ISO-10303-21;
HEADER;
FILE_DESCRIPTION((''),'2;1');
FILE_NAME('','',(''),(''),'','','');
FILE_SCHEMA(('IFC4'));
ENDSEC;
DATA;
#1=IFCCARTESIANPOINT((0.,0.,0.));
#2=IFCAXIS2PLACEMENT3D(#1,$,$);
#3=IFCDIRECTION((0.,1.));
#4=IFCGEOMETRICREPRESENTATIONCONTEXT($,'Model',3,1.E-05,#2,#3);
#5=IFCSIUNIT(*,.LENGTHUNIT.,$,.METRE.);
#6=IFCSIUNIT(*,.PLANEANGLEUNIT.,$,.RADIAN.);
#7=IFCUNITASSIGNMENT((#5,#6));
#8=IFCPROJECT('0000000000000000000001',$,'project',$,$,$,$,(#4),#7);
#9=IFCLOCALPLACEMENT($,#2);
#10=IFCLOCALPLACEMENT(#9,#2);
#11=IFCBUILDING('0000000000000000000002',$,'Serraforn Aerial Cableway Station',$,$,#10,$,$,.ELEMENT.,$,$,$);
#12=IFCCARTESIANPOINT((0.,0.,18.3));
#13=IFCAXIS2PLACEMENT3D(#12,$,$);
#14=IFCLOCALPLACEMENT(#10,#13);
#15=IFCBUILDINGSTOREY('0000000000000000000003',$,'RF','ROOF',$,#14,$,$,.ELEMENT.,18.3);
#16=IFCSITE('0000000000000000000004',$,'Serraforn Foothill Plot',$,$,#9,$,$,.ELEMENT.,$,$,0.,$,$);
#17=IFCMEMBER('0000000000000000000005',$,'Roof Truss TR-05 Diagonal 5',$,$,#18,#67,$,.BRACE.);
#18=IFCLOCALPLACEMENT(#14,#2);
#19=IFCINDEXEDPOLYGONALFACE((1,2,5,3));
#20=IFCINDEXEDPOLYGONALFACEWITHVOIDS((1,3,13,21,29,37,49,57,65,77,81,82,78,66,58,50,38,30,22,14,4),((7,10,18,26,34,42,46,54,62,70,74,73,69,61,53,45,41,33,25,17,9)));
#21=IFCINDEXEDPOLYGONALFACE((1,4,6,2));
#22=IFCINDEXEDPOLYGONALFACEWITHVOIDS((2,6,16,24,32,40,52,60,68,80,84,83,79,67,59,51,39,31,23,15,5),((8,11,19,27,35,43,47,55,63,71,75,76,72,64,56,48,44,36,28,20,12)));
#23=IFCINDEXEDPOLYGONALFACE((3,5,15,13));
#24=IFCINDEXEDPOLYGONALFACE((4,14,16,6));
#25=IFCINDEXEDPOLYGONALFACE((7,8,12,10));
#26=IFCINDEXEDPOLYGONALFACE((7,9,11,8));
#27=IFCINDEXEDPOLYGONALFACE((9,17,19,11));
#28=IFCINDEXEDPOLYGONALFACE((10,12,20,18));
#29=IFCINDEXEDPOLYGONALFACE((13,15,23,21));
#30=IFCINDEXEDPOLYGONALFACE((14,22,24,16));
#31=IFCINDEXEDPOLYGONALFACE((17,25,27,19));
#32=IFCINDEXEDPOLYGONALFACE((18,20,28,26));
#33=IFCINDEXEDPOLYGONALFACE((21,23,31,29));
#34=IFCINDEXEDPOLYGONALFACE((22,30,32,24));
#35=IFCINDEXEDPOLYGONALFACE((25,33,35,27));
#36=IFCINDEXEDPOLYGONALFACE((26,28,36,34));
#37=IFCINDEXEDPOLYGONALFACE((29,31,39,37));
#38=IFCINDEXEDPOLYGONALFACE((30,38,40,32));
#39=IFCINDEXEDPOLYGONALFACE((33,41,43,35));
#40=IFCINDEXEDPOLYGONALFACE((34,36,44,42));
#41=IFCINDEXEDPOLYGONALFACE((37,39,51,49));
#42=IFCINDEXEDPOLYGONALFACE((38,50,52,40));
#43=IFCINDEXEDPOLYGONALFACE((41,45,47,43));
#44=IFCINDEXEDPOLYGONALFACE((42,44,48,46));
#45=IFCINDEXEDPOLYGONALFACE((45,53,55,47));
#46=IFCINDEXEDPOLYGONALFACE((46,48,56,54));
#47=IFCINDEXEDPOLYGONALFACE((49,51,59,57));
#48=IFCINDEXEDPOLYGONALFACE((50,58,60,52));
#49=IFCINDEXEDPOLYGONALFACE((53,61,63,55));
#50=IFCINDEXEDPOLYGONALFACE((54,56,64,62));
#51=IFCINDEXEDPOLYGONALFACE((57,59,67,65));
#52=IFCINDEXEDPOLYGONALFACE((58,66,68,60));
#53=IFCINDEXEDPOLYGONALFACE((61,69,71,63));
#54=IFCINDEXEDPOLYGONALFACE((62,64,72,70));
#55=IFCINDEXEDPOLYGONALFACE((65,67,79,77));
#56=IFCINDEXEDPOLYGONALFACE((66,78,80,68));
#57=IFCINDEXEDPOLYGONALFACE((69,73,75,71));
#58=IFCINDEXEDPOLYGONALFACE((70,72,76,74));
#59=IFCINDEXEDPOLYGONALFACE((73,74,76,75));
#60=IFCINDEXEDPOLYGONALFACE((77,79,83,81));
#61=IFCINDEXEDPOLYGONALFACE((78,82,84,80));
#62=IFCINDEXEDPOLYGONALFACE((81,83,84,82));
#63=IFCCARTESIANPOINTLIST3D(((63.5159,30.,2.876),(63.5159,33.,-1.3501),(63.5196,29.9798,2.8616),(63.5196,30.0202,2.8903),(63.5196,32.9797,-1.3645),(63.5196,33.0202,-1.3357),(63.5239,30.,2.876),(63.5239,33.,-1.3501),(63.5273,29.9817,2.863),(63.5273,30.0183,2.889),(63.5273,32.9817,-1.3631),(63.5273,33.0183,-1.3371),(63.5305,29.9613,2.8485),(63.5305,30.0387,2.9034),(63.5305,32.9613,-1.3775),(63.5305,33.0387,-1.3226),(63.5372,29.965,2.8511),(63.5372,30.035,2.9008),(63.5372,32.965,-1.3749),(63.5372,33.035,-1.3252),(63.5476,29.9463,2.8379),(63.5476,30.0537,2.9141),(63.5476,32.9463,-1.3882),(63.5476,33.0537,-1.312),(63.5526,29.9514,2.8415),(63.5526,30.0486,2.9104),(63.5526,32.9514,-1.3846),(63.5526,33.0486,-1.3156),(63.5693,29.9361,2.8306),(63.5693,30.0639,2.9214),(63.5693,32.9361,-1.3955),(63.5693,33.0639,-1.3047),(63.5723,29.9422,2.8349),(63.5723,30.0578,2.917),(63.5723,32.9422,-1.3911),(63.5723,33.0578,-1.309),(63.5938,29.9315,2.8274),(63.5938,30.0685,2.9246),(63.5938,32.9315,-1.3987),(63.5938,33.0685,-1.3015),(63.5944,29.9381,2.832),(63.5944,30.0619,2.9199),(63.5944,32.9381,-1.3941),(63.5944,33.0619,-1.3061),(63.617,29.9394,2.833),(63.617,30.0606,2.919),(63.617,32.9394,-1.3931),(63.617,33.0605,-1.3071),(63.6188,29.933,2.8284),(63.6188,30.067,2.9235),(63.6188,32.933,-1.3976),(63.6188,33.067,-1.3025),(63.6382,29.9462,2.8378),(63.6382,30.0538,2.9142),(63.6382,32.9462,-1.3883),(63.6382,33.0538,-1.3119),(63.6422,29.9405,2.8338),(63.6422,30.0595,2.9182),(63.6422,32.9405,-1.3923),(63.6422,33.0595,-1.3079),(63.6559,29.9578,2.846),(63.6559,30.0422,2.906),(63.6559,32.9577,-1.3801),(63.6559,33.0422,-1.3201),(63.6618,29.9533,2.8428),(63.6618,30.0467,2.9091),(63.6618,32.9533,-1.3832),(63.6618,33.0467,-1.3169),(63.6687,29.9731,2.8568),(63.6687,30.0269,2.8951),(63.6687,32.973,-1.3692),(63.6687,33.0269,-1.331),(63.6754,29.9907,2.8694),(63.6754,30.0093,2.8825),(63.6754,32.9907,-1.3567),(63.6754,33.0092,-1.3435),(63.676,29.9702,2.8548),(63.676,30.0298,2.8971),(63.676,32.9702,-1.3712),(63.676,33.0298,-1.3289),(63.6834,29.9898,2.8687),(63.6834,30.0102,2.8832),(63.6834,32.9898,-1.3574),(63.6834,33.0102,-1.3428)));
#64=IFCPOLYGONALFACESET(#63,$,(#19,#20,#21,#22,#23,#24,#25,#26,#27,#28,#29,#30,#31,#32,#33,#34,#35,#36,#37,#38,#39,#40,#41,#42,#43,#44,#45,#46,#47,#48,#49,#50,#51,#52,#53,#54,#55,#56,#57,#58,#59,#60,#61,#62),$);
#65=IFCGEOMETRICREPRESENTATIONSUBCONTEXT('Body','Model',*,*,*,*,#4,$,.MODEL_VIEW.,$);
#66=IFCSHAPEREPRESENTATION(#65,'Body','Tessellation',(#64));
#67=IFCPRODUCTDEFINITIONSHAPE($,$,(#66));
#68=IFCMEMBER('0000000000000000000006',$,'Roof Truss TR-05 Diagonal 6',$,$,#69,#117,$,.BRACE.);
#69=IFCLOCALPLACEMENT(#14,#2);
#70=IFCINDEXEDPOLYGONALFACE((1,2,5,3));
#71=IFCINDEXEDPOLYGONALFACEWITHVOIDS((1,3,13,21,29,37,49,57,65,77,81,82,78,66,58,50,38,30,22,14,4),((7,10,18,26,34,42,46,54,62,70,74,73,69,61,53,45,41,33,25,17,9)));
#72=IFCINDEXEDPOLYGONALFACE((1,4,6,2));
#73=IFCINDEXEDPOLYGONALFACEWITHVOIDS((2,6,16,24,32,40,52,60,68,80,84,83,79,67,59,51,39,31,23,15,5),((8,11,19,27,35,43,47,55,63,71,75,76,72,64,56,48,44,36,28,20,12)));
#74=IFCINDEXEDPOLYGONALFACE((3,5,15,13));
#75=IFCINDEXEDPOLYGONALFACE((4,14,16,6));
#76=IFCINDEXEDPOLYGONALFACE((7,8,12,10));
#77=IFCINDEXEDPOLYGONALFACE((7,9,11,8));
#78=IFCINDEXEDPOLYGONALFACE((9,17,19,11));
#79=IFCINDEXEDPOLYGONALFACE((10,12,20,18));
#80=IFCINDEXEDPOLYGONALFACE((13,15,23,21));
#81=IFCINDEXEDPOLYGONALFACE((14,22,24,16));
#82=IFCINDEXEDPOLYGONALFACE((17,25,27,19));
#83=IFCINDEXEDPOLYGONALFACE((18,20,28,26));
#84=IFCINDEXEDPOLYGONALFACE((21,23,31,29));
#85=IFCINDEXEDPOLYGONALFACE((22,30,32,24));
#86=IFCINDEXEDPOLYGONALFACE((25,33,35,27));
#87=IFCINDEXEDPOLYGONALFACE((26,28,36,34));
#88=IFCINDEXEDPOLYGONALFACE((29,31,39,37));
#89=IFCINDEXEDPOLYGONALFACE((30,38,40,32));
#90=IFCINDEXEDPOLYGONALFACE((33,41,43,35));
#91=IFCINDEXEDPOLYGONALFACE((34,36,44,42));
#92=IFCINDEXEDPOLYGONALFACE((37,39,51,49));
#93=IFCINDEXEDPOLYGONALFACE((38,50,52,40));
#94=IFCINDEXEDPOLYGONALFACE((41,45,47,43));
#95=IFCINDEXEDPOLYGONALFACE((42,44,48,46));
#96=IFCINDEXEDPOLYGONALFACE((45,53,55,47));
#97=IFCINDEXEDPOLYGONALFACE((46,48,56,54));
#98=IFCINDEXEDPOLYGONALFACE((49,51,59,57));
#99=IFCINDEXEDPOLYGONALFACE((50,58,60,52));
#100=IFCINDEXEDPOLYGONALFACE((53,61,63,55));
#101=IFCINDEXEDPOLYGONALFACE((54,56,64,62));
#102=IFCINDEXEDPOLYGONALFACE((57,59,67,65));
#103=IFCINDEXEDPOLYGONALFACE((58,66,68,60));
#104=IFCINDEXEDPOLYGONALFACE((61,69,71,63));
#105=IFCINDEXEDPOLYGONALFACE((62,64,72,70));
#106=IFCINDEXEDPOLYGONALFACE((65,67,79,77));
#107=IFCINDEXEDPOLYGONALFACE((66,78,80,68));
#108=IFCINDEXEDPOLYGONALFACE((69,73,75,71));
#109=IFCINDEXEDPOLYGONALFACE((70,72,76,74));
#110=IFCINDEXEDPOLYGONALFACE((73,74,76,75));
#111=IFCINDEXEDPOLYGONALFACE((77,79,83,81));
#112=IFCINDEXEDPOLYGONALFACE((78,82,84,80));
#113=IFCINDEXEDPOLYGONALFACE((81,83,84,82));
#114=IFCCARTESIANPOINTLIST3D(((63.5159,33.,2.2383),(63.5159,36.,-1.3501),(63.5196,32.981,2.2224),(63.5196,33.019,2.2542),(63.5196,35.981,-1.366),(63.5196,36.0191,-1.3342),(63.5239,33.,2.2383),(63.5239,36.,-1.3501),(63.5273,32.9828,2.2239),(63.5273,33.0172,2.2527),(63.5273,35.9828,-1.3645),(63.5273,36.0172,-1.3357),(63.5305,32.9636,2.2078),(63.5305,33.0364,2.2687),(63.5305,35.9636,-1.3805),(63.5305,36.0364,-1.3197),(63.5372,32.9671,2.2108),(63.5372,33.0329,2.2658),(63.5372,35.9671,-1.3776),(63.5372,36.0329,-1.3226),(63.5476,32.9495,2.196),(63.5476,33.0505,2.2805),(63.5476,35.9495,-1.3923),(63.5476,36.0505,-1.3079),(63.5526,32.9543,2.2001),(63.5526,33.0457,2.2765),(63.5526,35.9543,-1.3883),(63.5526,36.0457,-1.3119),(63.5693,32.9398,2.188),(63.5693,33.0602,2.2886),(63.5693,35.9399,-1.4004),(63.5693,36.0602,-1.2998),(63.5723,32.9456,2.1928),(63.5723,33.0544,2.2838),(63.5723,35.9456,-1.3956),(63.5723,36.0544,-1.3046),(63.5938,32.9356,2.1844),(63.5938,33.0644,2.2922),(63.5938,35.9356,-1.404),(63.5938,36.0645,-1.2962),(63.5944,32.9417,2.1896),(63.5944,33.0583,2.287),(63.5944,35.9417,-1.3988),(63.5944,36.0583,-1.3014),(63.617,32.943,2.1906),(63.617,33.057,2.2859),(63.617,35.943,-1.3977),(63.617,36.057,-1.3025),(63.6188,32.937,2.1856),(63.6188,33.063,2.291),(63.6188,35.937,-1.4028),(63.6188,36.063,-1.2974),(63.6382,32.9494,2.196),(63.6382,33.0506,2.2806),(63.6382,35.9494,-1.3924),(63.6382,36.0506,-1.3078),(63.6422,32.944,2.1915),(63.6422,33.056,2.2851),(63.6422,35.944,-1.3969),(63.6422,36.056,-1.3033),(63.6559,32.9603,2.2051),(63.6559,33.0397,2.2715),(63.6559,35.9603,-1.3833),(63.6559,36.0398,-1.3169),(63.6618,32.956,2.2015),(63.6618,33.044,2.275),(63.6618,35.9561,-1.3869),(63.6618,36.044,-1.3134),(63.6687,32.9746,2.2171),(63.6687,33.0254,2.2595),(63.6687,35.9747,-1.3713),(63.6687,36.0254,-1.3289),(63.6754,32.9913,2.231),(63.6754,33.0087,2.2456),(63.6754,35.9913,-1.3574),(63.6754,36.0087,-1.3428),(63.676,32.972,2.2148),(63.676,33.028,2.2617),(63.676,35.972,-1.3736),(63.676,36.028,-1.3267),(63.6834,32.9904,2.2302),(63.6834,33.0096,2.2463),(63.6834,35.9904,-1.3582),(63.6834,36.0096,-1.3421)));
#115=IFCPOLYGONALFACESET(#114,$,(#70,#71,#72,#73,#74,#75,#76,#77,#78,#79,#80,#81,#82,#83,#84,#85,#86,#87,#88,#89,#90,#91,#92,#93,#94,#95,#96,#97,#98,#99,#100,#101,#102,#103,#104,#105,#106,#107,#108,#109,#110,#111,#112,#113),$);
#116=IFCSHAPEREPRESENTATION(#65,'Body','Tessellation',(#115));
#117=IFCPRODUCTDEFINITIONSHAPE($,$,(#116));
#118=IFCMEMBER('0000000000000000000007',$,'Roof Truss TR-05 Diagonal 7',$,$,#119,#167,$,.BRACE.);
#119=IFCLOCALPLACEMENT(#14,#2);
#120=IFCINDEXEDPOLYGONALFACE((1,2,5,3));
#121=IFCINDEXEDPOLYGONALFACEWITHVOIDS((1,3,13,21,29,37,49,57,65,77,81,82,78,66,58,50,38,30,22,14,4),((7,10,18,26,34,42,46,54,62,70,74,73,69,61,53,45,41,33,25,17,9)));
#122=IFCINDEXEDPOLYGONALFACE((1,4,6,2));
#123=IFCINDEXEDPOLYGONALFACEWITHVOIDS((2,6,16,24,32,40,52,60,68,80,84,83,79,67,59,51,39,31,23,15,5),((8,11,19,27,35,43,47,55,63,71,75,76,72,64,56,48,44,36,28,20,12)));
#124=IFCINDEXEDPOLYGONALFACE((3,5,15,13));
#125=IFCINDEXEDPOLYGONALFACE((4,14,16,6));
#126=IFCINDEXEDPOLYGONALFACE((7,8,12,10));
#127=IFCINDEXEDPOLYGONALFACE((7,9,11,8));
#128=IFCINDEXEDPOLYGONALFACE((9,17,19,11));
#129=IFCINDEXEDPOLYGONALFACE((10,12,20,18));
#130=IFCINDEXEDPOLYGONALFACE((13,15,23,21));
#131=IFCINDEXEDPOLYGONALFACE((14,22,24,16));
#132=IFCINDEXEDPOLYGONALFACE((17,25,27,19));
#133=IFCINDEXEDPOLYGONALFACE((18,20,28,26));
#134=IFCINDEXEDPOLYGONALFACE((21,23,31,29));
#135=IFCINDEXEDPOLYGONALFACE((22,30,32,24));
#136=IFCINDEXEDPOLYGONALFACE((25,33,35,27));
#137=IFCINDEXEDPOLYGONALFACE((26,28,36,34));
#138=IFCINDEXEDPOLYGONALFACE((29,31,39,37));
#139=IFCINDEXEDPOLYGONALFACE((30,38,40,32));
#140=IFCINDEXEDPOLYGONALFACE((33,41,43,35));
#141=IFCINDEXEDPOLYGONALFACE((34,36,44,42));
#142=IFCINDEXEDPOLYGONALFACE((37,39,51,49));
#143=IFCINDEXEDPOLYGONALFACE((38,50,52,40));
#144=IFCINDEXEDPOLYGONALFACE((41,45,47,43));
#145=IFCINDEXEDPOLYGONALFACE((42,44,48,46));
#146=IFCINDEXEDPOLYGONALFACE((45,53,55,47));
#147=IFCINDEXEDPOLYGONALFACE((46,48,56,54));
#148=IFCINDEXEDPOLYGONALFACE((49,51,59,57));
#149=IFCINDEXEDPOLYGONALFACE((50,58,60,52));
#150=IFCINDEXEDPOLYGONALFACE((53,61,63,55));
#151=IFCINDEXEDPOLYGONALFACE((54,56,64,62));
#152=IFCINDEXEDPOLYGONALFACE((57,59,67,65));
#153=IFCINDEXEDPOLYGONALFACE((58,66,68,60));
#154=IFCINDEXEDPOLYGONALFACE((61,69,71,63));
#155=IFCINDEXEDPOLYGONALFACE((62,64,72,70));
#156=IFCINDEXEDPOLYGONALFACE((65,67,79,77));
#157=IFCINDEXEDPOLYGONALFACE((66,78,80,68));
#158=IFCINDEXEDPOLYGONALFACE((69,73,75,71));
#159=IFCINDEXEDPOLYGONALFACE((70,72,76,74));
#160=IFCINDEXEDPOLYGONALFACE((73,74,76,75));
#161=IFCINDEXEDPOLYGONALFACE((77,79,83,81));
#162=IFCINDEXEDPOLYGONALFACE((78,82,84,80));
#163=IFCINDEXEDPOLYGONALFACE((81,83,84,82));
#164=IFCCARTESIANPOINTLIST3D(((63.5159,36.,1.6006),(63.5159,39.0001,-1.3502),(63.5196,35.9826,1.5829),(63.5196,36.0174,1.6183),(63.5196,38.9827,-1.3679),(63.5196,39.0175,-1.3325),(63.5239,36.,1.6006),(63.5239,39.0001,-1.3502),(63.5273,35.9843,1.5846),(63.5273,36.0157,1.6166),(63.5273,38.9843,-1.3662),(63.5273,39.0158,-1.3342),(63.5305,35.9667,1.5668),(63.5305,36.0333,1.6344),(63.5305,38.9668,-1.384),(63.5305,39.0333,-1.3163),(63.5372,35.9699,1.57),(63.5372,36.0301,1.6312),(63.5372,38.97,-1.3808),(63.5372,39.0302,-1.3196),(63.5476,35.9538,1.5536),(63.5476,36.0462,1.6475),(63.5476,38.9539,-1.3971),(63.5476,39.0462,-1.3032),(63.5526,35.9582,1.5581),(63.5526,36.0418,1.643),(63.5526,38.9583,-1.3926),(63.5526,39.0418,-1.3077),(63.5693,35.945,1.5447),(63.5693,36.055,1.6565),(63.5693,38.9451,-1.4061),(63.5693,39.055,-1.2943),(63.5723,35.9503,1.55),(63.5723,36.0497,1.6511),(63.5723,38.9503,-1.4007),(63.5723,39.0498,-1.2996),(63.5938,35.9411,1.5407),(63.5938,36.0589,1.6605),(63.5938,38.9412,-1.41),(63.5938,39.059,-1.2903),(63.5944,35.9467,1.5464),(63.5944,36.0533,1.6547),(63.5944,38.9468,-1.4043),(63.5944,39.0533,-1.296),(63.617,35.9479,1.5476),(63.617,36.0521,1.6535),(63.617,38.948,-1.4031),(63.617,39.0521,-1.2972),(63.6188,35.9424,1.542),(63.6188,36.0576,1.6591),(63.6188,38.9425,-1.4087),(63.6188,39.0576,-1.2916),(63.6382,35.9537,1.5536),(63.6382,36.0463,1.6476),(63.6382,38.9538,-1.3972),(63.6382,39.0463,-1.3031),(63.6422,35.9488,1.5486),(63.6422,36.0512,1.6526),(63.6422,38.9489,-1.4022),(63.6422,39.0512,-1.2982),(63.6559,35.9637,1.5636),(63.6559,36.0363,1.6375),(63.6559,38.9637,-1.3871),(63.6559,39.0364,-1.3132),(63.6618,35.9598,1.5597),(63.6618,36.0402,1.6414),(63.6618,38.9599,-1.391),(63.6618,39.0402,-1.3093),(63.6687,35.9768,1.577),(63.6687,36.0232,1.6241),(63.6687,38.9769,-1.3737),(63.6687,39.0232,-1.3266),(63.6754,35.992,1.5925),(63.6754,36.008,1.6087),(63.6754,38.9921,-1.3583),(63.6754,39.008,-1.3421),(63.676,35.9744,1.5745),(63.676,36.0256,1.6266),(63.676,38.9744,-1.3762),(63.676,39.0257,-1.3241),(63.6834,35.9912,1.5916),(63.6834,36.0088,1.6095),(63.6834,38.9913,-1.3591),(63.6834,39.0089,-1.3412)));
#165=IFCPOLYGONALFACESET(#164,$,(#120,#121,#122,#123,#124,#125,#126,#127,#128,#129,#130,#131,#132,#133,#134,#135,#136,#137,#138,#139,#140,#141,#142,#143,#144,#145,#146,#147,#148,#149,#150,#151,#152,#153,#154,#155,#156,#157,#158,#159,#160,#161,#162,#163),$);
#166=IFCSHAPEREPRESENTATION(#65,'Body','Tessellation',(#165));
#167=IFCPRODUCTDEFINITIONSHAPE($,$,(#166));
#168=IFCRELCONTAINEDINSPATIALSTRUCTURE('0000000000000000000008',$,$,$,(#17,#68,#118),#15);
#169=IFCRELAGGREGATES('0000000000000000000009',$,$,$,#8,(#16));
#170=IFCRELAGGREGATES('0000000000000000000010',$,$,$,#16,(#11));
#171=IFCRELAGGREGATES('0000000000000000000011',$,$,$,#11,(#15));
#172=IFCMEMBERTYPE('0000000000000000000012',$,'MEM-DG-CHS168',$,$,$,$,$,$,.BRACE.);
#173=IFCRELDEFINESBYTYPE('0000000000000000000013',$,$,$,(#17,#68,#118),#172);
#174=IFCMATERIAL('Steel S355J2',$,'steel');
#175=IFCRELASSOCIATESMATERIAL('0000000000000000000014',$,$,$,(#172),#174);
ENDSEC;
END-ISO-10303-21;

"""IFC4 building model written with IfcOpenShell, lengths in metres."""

from ifc_helpers import new_model, si_unit, direction, frame, origin, origin_2d, place, context, subcontext, project, spatial, hollow_circle, extrude, material, material_profile, profile_set, type_object, element, save


model = new_model("IFC4")

# Units and contexts
model_context = context("Model", 3, precision=1e-05, world=origin(), true_north=direction((0.0, 1.0)))
body_context = subcontext(model_context, "Body", "Model", "MODEL_VIEW")
ifc_project = project(units=[si_unit("LENGTHUNIT", "METRE"), si_unit("PLANEANGLEUNIT", "RADIAN")], contexts=[model_context])

# Site, building, storey
site_placement = place(None, origin())
site = spatial("IfcSite", under=ifc_project, at=site_placement, Name="Serraforn Foothill Plot", CompositionType="ELEMENT", RefElevation=0.0)
building_placement = place(site_placement, origin())
building = spatial("IfcBuilding", under=site, at=building_placement, Name="Serraforn Aerial Cableway Station", CompositionType="ELEMENT")
storey_placement = place(building_placement, frame((0.0, 0.0, 18.3)))
storey = spatial("IfcBuildingStorey", under=building, at=storey_placement, Name="RF", Description="ROOF", CompositionType="ELEMENT", Elevation=18.3)

# Members
ifc_material_1 = material(Name="Steel S355J2", Category="steel")
ifc_material_profile_1 = material_profile(ifc_material_1, hollow_circle(Radius=0.0842, WallThickness=0.0081, at=origin_2d()), Name="CHS 168.3x8.0")
ifc_profile_set_1 = profile_set([ifc_material_profile_1], Name="Steel S355J2")
member_type_1 = type_object("IfcMemberType", Name="MEM-DG-CHS168", PredefinedType="BRACE", material=ifc_profile_set_1)
member_1_placement = place(storey_placement, frame((63.6001, 30.0, 2.876), z_axis=(0.0, 0.578856, -0.81543), x_axis=(-1.0, 0.0, 0.0)))
element("IfcMember", 1, at=member_1_placement, inside=storey, type_object=member_type_1, Name="Roof Truss TR-05 Diagonal 5", PredefinedType="BRACE", context=body_context, shape_type="SweptSolid", body=[
    extrude(hollow_circle(Radius=0.0842, WallThickness=0.0081, at=origin_2d()), origin(), (0.0, 0.0, 1.0), 5.1826),
])
member_2_placement = place(storey_placement, frame((63.6001, 33.0, 2.2383), z_axis=(0.0, 0.641406, -0.767202), x_axis=(-1.0, 0.0, 0.0)))
element("IfcMember", 2, at=member_2_placement, inside=storey, type_object=member_type_1, Name="Roof Truss TR-05 Diagonal 6", PredefinedType="BRACE", context=body_context, shape_type="SweptSolid", body=[
    extrude(hollow_circle(Radius=0.0842, WallThickness=0.0081, at=origin_2d()), origin(), (0.0, 0.0, 1.0), 4.6772),
])
for number, where, z_axis, x_axis, name in (
    (3, (63.6001, 36.0, 1.6006), (0.0, 0.712942, -0.701223), (-1.0, 0.0, 0.0), "Roof Truss TR-05 Diagonal 7"),
):
    element("IfcMember", number, at=place(storey_placement, frame(where, z_axis=z_axis, x_axis=x_axis)), inside=storey, type_object=member_type_1, Name=name, PredefinedType="BRACE", context=body_context, shape_type="SweptSolid", body=[
        extrude(hollow_circle(Radius=0.0842, WallThickness=0.0081, at=origin_2d()), origin(), (0.0, 0.0, 1.0), 4.208),
    ])

save(model, "model.ifc")
